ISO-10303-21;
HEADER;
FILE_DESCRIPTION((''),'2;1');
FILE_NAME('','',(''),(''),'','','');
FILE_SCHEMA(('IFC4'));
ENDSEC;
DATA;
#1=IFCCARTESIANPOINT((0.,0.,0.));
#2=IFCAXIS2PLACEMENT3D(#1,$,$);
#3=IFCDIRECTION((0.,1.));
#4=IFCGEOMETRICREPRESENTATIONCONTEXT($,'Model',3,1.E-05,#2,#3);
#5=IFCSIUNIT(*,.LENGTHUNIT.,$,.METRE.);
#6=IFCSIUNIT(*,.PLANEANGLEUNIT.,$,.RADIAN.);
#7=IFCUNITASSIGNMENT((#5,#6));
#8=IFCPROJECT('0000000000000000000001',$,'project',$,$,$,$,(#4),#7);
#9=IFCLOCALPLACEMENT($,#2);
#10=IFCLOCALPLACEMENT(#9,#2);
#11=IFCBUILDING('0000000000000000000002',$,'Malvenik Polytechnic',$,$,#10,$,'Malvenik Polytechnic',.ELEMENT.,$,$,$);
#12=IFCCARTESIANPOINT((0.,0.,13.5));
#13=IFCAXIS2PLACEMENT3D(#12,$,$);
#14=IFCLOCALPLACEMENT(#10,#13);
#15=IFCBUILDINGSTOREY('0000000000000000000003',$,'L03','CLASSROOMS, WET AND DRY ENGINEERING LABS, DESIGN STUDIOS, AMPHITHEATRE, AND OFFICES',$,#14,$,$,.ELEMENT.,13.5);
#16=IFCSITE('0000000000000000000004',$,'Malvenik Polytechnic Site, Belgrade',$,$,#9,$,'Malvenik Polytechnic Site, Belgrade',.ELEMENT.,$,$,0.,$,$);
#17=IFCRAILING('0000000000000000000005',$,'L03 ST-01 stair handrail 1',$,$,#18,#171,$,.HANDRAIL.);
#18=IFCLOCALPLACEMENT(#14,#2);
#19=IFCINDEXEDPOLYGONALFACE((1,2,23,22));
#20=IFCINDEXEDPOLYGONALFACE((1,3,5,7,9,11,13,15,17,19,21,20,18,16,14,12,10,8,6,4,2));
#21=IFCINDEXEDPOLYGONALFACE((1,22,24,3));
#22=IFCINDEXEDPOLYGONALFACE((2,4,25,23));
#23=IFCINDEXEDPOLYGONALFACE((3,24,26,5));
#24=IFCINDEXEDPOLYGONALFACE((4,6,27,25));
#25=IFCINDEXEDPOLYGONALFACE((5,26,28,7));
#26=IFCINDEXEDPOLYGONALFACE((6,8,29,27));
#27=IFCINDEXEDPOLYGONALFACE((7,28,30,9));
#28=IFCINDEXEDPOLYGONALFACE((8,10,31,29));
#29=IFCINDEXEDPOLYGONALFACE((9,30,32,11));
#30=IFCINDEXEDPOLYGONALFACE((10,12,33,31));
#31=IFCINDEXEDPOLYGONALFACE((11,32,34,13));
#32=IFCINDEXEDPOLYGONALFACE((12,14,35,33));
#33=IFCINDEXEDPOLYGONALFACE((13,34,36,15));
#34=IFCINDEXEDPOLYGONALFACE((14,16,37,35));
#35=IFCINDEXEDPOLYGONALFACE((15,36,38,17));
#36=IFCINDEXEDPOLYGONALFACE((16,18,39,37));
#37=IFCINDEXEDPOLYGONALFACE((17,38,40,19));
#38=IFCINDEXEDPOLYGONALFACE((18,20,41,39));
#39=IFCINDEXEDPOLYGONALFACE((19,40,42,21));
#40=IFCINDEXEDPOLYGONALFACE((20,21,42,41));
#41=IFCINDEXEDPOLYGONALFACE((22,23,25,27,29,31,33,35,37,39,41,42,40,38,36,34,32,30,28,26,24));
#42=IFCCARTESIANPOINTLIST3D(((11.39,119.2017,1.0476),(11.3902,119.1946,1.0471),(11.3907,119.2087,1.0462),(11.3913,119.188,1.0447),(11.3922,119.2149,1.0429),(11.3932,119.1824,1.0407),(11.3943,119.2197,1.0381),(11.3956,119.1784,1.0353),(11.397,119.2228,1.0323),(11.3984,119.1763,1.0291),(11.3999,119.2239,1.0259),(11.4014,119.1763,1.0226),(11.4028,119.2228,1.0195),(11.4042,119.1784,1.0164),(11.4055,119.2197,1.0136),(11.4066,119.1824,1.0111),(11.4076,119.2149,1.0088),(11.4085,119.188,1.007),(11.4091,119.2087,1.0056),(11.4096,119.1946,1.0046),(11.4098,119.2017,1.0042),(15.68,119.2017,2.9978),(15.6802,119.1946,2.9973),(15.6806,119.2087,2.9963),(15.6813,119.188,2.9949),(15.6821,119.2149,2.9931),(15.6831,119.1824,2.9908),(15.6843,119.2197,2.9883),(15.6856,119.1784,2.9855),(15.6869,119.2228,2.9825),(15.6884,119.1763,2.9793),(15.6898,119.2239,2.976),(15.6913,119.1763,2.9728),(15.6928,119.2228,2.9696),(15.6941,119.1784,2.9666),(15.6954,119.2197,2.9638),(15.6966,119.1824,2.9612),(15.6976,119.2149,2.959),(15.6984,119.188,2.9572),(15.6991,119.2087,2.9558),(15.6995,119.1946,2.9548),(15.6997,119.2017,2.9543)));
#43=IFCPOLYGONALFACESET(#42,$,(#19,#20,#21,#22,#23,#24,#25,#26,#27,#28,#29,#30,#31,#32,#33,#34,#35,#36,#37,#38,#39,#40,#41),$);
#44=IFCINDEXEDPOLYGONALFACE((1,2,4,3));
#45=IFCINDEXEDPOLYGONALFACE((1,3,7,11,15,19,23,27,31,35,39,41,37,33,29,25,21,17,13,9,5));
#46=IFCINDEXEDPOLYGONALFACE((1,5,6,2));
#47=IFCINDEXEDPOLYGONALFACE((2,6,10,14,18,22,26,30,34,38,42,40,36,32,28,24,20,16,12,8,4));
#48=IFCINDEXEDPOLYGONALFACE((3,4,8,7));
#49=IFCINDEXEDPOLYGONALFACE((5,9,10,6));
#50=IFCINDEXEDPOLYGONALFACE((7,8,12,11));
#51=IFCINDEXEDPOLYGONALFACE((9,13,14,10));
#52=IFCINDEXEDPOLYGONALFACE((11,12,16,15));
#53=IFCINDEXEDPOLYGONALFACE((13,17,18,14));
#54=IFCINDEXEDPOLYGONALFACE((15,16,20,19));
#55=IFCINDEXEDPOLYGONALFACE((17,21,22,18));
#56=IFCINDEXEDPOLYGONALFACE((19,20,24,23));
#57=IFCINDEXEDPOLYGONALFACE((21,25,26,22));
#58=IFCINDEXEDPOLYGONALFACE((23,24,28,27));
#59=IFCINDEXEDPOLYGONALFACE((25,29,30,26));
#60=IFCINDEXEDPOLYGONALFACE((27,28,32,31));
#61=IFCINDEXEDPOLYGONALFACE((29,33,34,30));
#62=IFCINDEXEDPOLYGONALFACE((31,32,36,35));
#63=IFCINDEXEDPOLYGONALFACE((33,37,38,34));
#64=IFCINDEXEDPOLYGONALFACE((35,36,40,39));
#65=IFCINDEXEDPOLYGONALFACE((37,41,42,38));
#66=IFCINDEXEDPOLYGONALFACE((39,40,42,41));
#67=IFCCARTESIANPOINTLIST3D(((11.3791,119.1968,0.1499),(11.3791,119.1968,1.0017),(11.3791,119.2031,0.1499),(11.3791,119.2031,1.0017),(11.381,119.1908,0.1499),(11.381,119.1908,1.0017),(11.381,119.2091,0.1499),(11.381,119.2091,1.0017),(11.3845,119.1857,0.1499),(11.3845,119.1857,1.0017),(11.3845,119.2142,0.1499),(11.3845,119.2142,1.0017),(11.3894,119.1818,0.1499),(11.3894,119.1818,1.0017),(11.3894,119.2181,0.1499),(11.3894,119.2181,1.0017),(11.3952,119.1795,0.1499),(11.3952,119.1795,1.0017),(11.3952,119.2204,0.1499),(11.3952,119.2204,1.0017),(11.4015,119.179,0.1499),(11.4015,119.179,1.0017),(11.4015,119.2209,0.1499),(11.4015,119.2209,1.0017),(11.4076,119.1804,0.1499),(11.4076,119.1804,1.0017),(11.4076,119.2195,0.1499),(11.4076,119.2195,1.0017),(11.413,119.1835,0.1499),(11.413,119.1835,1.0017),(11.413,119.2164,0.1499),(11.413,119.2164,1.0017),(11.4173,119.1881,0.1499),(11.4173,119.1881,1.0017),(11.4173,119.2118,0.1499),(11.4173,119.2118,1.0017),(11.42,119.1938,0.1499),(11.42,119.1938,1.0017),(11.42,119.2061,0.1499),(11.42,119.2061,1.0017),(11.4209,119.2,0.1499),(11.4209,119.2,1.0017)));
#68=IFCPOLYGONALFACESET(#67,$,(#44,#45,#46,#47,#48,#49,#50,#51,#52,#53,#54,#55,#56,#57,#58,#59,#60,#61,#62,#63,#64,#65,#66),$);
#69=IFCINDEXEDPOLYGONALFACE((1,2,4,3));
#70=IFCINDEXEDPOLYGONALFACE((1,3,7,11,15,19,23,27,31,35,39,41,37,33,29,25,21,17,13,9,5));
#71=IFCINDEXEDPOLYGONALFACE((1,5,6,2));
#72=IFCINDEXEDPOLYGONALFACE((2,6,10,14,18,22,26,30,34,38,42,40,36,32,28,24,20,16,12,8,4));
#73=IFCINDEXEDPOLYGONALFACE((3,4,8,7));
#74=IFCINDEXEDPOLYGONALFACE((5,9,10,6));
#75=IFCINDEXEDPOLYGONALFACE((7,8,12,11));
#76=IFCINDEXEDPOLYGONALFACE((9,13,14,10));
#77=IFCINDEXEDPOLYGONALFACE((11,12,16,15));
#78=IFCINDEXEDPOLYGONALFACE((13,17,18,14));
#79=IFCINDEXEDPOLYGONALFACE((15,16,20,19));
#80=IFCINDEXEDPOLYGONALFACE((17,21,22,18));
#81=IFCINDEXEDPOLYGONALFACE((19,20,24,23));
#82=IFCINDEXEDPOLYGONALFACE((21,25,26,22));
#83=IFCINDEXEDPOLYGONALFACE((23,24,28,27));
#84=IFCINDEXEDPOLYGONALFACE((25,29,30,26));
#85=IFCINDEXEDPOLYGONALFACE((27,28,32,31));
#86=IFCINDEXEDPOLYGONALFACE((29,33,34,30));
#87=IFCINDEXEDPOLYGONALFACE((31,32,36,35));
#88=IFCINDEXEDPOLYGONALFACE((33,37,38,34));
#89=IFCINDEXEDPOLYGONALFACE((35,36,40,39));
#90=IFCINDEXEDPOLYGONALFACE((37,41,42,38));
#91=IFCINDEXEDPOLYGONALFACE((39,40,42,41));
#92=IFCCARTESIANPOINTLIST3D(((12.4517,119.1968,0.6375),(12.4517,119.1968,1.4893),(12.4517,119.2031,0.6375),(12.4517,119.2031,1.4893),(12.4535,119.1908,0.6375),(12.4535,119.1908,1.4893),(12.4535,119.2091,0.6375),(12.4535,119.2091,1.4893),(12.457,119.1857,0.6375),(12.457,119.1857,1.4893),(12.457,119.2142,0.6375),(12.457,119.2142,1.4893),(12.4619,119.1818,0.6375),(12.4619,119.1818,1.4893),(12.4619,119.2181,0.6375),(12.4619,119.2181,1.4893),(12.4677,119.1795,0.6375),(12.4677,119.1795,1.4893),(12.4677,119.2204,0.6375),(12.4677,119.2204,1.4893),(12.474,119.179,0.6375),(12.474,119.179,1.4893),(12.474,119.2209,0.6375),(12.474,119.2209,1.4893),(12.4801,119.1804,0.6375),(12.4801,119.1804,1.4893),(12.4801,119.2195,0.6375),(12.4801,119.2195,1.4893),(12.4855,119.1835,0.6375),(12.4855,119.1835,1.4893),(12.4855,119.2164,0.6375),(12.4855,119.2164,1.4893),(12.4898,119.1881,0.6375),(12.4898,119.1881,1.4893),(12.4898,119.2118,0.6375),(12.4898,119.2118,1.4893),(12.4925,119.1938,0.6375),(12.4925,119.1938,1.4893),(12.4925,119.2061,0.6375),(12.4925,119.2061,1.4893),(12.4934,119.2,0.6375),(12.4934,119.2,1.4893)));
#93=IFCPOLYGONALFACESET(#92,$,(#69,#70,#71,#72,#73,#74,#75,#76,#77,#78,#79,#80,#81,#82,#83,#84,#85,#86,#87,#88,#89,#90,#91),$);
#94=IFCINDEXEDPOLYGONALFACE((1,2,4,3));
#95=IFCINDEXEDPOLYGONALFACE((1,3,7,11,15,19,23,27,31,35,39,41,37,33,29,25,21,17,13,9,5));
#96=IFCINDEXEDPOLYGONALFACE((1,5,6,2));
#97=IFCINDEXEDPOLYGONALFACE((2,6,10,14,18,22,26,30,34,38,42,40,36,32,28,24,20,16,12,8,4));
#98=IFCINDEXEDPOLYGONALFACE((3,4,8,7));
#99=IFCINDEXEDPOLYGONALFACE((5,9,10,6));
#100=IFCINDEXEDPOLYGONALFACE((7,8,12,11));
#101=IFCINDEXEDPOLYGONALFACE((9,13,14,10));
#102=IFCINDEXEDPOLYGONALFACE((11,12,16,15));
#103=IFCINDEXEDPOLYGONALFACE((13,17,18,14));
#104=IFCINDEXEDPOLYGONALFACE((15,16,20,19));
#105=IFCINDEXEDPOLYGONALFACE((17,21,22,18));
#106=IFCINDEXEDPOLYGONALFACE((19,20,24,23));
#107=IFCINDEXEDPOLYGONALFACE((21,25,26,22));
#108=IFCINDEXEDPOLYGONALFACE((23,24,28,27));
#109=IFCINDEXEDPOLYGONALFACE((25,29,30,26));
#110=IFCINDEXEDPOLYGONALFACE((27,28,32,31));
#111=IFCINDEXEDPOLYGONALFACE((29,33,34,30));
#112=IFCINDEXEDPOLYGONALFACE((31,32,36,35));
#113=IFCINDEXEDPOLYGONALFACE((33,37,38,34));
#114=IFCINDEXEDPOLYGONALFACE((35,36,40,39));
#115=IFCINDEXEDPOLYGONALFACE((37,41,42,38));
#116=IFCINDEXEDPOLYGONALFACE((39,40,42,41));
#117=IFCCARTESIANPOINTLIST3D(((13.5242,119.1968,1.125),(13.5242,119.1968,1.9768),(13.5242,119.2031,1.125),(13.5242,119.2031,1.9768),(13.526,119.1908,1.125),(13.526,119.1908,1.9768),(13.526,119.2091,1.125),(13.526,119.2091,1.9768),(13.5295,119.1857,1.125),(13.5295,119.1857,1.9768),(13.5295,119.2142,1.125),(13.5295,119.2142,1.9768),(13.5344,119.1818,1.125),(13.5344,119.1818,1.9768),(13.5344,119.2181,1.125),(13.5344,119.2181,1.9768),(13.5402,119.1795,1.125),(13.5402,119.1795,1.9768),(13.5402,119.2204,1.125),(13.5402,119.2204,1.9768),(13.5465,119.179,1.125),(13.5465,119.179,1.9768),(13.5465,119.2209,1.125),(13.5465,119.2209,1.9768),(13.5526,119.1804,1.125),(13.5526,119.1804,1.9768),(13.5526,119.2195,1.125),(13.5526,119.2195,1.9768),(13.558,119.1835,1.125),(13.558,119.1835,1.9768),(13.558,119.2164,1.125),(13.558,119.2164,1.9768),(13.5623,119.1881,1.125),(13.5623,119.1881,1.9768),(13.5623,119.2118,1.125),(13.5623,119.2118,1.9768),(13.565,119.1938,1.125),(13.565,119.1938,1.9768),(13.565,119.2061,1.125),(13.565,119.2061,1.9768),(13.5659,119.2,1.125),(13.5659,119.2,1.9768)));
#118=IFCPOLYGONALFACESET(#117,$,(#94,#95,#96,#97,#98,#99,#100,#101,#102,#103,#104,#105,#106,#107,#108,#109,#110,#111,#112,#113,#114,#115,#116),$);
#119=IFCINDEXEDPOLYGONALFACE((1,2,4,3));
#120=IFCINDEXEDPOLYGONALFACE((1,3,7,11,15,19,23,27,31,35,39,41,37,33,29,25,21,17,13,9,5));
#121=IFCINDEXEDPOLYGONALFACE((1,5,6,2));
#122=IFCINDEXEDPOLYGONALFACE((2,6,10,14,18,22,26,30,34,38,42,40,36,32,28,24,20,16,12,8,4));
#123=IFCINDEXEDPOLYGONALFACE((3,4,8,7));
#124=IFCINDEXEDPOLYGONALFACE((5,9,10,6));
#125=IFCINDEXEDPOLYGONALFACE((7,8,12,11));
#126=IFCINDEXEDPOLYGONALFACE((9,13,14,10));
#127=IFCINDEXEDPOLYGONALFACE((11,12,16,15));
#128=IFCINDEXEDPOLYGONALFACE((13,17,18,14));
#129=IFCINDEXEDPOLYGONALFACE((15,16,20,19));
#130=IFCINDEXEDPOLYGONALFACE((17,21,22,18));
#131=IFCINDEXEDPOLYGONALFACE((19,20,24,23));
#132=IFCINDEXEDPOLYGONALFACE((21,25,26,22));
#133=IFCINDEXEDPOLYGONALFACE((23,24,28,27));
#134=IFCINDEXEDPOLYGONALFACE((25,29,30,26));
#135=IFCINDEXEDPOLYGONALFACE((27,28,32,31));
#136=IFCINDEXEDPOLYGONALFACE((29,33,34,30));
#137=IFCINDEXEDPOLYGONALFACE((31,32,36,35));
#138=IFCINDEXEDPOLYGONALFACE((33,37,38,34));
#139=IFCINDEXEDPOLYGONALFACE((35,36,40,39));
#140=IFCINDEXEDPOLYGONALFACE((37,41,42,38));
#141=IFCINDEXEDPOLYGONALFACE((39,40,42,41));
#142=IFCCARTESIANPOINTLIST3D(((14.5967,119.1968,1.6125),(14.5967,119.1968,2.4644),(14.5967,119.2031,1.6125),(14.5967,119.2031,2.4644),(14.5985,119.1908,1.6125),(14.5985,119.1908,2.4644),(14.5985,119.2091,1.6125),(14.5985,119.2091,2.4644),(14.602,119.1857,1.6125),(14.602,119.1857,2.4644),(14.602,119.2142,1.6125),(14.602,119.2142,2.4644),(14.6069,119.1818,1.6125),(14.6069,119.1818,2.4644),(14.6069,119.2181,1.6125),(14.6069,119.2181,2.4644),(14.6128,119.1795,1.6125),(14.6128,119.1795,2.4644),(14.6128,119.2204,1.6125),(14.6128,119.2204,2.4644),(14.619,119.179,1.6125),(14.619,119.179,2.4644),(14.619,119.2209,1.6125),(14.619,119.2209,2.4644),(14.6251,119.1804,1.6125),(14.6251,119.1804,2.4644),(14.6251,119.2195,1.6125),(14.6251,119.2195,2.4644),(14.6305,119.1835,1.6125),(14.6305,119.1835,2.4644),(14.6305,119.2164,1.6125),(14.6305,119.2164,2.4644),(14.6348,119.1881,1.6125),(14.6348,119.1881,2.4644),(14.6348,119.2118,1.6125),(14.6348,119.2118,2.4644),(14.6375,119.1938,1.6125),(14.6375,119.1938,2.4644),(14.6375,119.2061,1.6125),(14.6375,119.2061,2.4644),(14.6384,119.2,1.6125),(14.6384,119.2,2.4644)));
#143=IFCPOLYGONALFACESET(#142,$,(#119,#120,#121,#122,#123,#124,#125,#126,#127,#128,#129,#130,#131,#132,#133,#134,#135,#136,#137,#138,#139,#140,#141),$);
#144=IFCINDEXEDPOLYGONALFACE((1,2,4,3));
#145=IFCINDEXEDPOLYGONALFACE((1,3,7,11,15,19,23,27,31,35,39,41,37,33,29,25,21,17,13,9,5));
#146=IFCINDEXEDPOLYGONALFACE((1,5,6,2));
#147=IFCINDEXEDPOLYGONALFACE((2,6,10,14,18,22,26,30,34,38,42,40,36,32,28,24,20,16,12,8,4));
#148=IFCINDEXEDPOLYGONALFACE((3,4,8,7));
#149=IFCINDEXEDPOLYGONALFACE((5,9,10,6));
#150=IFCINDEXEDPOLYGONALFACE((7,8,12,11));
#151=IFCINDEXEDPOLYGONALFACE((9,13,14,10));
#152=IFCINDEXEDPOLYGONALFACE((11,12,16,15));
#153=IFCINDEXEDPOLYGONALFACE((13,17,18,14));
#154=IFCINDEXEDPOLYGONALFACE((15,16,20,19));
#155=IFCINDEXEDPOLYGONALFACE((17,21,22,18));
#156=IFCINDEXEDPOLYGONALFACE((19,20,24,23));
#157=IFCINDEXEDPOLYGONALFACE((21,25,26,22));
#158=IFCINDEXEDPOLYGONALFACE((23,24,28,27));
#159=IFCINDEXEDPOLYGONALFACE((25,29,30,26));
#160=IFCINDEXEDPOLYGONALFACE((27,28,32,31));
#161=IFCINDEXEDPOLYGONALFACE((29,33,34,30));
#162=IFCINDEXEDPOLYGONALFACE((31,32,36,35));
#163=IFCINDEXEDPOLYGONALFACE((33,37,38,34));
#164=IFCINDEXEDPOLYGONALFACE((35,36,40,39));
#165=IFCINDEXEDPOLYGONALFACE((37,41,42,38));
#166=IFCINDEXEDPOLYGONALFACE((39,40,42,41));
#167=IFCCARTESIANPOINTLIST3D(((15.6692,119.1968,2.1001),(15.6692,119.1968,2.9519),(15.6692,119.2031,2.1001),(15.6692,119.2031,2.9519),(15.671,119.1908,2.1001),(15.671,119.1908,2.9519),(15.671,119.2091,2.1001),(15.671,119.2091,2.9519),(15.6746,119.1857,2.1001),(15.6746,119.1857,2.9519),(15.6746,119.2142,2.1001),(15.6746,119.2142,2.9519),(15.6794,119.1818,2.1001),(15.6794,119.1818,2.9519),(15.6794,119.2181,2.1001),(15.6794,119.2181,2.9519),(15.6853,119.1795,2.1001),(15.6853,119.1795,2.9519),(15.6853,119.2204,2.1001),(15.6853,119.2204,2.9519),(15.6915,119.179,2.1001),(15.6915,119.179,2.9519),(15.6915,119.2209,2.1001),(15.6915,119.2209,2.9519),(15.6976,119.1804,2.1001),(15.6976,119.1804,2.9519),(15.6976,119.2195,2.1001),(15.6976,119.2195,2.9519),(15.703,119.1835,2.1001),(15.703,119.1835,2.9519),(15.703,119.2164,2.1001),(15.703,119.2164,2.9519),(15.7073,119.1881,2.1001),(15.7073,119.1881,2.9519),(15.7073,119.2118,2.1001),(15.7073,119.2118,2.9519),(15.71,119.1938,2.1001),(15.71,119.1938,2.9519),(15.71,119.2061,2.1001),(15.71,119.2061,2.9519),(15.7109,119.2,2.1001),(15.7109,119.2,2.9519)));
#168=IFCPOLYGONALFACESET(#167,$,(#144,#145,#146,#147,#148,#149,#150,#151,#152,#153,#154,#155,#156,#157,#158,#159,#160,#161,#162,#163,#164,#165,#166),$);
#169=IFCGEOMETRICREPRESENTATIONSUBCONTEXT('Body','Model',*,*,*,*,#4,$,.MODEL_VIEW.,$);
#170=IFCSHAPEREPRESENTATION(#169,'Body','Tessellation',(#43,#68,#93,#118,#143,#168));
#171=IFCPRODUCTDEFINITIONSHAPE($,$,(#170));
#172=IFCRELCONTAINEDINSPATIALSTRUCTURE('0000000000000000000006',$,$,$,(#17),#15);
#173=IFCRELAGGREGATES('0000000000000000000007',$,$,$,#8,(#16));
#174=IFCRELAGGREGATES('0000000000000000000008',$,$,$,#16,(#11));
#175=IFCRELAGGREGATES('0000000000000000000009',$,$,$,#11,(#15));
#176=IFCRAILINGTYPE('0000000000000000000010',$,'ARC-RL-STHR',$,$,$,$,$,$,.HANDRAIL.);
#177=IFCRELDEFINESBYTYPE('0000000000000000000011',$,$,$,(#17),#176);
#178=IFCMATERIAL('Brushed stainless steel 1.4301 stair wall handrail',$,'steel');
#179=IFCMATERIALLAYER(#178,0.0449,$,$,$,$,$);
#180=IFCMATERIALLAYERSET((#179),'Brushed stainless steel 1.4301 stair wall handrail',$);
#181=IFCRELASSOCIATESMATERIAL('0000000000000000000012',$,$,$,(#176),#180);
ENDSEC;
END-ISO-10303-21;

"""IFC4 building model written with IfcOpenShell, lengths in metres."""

from ifc_helpers import new_model, si_unit, direction, frame, origin, origin_2d, place, context, subcontext, project, spatial, circle, extrude, material, layer, layer_set, type_object, element, save


model = new_model("IFC4")

# Units and contexts
model_context = context("Model", 3, precision=1e-05, world=origin(), true_north=direction((0.0, 1.0)))
body_context = subcontext(model_context, "Body", "Model", "MODEL_VIEW")
ifc_project = project(units=[si_unit("LENGTHUNIT", "METRE"), si_unit("PLANEANGLEUNIT", "RADIAN")], contexts=[model_context])

# Site, building, storey
site_placement = place(None, origin())
site = spatial("IfcSite", under=ifc_project, at=site_placement, Name="Malvenik Polytechnic Site, Belgrade", LongName="Malvenik Polytechnic Site, Belgrade", CompositionType="ELEMENT", RefElevation=0.0)
building_placement = place(site_placement, origin())
building = spatial("IfcBuilding", under=site, at=building_placement, Name="Malvenik Polytechnic", LongName="Malvenik Polytechnic", CompositionType="ELEMENT")
storey_placement = place(building_placement, frame((0.0, 0.0, 13.5)))
storey = spatial("IfcBuildingStorey", under=building, at=storey_placement, Name="L03", Description="CLASSROOMS, WET AND DRY ENGINEERING LABS, DESIGN STUDIOS, AMPHITHEATRE, AND OFFICES", CompositionType="ELEMENT", Elevation=13.5)

# Railing
ifc_material_1 = material(Name="Brushed stainless steel 1.4301 stair wall handrail", Category="steel")
ifc_layer_1 = layer(ifc_material_1, 0.0449)
ifc_layer_set_1 = layer_set([ifc_layer_1], Name="Brushed stainless steel 1.4301 stair wall handrail")
railing_type_1 = type_object("IfcRailingType", Name="ARC-RL-STHR", PredefinedType="HANDRAIL", material=ifc_layer_set_1)
railing_1_placement = place(storey_placement, frame((11.3999, 119.2, 0.1499)))
element("IfcRailing", 1, at=railing_1_placement, inside=storey, type_object=railing_type_1, Name="L03 ST-01 stair handrail 1", PredefinedType="HANDRAIL", context=body_context, shape_type="SweptSolid", body=[
    extrude(circle(Radius=0.0239, at=origin_2d()), frame((0.0, 0.0, 0.876), z_axis=(0.910352, 0.0, 0.413834), x_axis=(0.0, 1.0, 0.0)), (0.0, 0.0, 1.0), 4.7124),
    extrude(circle(Radius=0.021, at=origin_2d()), origin(), (0.0, 0.0, 1.0), 0.8518),
    extrude(circle(Radius=0.021, at=origin_2d()), frame((1.0725, 0.0, 0.4875)), (0.0, 0.0, 1.0), 0.8518),
    extrude(circle(Radius=0.021, at=origin_2d()), frame((2.145, 0.0, 0.9751)), (0.0, 0.0, 1.0), 0.8518),
    extrude(circle(Radius=0.021, at=origin_2d()), frame((3.2175, 0.0, 1.4626)), (0.0, 0.0, 1.0), 0.8518),
    extrude(circle(Radius=0.021, at=origin_2d()), frame((4.29, 0.0, 1.9502)), (0.0, 0.0, 1.0), 0.8518),
])

save(model, "model.ifc")
